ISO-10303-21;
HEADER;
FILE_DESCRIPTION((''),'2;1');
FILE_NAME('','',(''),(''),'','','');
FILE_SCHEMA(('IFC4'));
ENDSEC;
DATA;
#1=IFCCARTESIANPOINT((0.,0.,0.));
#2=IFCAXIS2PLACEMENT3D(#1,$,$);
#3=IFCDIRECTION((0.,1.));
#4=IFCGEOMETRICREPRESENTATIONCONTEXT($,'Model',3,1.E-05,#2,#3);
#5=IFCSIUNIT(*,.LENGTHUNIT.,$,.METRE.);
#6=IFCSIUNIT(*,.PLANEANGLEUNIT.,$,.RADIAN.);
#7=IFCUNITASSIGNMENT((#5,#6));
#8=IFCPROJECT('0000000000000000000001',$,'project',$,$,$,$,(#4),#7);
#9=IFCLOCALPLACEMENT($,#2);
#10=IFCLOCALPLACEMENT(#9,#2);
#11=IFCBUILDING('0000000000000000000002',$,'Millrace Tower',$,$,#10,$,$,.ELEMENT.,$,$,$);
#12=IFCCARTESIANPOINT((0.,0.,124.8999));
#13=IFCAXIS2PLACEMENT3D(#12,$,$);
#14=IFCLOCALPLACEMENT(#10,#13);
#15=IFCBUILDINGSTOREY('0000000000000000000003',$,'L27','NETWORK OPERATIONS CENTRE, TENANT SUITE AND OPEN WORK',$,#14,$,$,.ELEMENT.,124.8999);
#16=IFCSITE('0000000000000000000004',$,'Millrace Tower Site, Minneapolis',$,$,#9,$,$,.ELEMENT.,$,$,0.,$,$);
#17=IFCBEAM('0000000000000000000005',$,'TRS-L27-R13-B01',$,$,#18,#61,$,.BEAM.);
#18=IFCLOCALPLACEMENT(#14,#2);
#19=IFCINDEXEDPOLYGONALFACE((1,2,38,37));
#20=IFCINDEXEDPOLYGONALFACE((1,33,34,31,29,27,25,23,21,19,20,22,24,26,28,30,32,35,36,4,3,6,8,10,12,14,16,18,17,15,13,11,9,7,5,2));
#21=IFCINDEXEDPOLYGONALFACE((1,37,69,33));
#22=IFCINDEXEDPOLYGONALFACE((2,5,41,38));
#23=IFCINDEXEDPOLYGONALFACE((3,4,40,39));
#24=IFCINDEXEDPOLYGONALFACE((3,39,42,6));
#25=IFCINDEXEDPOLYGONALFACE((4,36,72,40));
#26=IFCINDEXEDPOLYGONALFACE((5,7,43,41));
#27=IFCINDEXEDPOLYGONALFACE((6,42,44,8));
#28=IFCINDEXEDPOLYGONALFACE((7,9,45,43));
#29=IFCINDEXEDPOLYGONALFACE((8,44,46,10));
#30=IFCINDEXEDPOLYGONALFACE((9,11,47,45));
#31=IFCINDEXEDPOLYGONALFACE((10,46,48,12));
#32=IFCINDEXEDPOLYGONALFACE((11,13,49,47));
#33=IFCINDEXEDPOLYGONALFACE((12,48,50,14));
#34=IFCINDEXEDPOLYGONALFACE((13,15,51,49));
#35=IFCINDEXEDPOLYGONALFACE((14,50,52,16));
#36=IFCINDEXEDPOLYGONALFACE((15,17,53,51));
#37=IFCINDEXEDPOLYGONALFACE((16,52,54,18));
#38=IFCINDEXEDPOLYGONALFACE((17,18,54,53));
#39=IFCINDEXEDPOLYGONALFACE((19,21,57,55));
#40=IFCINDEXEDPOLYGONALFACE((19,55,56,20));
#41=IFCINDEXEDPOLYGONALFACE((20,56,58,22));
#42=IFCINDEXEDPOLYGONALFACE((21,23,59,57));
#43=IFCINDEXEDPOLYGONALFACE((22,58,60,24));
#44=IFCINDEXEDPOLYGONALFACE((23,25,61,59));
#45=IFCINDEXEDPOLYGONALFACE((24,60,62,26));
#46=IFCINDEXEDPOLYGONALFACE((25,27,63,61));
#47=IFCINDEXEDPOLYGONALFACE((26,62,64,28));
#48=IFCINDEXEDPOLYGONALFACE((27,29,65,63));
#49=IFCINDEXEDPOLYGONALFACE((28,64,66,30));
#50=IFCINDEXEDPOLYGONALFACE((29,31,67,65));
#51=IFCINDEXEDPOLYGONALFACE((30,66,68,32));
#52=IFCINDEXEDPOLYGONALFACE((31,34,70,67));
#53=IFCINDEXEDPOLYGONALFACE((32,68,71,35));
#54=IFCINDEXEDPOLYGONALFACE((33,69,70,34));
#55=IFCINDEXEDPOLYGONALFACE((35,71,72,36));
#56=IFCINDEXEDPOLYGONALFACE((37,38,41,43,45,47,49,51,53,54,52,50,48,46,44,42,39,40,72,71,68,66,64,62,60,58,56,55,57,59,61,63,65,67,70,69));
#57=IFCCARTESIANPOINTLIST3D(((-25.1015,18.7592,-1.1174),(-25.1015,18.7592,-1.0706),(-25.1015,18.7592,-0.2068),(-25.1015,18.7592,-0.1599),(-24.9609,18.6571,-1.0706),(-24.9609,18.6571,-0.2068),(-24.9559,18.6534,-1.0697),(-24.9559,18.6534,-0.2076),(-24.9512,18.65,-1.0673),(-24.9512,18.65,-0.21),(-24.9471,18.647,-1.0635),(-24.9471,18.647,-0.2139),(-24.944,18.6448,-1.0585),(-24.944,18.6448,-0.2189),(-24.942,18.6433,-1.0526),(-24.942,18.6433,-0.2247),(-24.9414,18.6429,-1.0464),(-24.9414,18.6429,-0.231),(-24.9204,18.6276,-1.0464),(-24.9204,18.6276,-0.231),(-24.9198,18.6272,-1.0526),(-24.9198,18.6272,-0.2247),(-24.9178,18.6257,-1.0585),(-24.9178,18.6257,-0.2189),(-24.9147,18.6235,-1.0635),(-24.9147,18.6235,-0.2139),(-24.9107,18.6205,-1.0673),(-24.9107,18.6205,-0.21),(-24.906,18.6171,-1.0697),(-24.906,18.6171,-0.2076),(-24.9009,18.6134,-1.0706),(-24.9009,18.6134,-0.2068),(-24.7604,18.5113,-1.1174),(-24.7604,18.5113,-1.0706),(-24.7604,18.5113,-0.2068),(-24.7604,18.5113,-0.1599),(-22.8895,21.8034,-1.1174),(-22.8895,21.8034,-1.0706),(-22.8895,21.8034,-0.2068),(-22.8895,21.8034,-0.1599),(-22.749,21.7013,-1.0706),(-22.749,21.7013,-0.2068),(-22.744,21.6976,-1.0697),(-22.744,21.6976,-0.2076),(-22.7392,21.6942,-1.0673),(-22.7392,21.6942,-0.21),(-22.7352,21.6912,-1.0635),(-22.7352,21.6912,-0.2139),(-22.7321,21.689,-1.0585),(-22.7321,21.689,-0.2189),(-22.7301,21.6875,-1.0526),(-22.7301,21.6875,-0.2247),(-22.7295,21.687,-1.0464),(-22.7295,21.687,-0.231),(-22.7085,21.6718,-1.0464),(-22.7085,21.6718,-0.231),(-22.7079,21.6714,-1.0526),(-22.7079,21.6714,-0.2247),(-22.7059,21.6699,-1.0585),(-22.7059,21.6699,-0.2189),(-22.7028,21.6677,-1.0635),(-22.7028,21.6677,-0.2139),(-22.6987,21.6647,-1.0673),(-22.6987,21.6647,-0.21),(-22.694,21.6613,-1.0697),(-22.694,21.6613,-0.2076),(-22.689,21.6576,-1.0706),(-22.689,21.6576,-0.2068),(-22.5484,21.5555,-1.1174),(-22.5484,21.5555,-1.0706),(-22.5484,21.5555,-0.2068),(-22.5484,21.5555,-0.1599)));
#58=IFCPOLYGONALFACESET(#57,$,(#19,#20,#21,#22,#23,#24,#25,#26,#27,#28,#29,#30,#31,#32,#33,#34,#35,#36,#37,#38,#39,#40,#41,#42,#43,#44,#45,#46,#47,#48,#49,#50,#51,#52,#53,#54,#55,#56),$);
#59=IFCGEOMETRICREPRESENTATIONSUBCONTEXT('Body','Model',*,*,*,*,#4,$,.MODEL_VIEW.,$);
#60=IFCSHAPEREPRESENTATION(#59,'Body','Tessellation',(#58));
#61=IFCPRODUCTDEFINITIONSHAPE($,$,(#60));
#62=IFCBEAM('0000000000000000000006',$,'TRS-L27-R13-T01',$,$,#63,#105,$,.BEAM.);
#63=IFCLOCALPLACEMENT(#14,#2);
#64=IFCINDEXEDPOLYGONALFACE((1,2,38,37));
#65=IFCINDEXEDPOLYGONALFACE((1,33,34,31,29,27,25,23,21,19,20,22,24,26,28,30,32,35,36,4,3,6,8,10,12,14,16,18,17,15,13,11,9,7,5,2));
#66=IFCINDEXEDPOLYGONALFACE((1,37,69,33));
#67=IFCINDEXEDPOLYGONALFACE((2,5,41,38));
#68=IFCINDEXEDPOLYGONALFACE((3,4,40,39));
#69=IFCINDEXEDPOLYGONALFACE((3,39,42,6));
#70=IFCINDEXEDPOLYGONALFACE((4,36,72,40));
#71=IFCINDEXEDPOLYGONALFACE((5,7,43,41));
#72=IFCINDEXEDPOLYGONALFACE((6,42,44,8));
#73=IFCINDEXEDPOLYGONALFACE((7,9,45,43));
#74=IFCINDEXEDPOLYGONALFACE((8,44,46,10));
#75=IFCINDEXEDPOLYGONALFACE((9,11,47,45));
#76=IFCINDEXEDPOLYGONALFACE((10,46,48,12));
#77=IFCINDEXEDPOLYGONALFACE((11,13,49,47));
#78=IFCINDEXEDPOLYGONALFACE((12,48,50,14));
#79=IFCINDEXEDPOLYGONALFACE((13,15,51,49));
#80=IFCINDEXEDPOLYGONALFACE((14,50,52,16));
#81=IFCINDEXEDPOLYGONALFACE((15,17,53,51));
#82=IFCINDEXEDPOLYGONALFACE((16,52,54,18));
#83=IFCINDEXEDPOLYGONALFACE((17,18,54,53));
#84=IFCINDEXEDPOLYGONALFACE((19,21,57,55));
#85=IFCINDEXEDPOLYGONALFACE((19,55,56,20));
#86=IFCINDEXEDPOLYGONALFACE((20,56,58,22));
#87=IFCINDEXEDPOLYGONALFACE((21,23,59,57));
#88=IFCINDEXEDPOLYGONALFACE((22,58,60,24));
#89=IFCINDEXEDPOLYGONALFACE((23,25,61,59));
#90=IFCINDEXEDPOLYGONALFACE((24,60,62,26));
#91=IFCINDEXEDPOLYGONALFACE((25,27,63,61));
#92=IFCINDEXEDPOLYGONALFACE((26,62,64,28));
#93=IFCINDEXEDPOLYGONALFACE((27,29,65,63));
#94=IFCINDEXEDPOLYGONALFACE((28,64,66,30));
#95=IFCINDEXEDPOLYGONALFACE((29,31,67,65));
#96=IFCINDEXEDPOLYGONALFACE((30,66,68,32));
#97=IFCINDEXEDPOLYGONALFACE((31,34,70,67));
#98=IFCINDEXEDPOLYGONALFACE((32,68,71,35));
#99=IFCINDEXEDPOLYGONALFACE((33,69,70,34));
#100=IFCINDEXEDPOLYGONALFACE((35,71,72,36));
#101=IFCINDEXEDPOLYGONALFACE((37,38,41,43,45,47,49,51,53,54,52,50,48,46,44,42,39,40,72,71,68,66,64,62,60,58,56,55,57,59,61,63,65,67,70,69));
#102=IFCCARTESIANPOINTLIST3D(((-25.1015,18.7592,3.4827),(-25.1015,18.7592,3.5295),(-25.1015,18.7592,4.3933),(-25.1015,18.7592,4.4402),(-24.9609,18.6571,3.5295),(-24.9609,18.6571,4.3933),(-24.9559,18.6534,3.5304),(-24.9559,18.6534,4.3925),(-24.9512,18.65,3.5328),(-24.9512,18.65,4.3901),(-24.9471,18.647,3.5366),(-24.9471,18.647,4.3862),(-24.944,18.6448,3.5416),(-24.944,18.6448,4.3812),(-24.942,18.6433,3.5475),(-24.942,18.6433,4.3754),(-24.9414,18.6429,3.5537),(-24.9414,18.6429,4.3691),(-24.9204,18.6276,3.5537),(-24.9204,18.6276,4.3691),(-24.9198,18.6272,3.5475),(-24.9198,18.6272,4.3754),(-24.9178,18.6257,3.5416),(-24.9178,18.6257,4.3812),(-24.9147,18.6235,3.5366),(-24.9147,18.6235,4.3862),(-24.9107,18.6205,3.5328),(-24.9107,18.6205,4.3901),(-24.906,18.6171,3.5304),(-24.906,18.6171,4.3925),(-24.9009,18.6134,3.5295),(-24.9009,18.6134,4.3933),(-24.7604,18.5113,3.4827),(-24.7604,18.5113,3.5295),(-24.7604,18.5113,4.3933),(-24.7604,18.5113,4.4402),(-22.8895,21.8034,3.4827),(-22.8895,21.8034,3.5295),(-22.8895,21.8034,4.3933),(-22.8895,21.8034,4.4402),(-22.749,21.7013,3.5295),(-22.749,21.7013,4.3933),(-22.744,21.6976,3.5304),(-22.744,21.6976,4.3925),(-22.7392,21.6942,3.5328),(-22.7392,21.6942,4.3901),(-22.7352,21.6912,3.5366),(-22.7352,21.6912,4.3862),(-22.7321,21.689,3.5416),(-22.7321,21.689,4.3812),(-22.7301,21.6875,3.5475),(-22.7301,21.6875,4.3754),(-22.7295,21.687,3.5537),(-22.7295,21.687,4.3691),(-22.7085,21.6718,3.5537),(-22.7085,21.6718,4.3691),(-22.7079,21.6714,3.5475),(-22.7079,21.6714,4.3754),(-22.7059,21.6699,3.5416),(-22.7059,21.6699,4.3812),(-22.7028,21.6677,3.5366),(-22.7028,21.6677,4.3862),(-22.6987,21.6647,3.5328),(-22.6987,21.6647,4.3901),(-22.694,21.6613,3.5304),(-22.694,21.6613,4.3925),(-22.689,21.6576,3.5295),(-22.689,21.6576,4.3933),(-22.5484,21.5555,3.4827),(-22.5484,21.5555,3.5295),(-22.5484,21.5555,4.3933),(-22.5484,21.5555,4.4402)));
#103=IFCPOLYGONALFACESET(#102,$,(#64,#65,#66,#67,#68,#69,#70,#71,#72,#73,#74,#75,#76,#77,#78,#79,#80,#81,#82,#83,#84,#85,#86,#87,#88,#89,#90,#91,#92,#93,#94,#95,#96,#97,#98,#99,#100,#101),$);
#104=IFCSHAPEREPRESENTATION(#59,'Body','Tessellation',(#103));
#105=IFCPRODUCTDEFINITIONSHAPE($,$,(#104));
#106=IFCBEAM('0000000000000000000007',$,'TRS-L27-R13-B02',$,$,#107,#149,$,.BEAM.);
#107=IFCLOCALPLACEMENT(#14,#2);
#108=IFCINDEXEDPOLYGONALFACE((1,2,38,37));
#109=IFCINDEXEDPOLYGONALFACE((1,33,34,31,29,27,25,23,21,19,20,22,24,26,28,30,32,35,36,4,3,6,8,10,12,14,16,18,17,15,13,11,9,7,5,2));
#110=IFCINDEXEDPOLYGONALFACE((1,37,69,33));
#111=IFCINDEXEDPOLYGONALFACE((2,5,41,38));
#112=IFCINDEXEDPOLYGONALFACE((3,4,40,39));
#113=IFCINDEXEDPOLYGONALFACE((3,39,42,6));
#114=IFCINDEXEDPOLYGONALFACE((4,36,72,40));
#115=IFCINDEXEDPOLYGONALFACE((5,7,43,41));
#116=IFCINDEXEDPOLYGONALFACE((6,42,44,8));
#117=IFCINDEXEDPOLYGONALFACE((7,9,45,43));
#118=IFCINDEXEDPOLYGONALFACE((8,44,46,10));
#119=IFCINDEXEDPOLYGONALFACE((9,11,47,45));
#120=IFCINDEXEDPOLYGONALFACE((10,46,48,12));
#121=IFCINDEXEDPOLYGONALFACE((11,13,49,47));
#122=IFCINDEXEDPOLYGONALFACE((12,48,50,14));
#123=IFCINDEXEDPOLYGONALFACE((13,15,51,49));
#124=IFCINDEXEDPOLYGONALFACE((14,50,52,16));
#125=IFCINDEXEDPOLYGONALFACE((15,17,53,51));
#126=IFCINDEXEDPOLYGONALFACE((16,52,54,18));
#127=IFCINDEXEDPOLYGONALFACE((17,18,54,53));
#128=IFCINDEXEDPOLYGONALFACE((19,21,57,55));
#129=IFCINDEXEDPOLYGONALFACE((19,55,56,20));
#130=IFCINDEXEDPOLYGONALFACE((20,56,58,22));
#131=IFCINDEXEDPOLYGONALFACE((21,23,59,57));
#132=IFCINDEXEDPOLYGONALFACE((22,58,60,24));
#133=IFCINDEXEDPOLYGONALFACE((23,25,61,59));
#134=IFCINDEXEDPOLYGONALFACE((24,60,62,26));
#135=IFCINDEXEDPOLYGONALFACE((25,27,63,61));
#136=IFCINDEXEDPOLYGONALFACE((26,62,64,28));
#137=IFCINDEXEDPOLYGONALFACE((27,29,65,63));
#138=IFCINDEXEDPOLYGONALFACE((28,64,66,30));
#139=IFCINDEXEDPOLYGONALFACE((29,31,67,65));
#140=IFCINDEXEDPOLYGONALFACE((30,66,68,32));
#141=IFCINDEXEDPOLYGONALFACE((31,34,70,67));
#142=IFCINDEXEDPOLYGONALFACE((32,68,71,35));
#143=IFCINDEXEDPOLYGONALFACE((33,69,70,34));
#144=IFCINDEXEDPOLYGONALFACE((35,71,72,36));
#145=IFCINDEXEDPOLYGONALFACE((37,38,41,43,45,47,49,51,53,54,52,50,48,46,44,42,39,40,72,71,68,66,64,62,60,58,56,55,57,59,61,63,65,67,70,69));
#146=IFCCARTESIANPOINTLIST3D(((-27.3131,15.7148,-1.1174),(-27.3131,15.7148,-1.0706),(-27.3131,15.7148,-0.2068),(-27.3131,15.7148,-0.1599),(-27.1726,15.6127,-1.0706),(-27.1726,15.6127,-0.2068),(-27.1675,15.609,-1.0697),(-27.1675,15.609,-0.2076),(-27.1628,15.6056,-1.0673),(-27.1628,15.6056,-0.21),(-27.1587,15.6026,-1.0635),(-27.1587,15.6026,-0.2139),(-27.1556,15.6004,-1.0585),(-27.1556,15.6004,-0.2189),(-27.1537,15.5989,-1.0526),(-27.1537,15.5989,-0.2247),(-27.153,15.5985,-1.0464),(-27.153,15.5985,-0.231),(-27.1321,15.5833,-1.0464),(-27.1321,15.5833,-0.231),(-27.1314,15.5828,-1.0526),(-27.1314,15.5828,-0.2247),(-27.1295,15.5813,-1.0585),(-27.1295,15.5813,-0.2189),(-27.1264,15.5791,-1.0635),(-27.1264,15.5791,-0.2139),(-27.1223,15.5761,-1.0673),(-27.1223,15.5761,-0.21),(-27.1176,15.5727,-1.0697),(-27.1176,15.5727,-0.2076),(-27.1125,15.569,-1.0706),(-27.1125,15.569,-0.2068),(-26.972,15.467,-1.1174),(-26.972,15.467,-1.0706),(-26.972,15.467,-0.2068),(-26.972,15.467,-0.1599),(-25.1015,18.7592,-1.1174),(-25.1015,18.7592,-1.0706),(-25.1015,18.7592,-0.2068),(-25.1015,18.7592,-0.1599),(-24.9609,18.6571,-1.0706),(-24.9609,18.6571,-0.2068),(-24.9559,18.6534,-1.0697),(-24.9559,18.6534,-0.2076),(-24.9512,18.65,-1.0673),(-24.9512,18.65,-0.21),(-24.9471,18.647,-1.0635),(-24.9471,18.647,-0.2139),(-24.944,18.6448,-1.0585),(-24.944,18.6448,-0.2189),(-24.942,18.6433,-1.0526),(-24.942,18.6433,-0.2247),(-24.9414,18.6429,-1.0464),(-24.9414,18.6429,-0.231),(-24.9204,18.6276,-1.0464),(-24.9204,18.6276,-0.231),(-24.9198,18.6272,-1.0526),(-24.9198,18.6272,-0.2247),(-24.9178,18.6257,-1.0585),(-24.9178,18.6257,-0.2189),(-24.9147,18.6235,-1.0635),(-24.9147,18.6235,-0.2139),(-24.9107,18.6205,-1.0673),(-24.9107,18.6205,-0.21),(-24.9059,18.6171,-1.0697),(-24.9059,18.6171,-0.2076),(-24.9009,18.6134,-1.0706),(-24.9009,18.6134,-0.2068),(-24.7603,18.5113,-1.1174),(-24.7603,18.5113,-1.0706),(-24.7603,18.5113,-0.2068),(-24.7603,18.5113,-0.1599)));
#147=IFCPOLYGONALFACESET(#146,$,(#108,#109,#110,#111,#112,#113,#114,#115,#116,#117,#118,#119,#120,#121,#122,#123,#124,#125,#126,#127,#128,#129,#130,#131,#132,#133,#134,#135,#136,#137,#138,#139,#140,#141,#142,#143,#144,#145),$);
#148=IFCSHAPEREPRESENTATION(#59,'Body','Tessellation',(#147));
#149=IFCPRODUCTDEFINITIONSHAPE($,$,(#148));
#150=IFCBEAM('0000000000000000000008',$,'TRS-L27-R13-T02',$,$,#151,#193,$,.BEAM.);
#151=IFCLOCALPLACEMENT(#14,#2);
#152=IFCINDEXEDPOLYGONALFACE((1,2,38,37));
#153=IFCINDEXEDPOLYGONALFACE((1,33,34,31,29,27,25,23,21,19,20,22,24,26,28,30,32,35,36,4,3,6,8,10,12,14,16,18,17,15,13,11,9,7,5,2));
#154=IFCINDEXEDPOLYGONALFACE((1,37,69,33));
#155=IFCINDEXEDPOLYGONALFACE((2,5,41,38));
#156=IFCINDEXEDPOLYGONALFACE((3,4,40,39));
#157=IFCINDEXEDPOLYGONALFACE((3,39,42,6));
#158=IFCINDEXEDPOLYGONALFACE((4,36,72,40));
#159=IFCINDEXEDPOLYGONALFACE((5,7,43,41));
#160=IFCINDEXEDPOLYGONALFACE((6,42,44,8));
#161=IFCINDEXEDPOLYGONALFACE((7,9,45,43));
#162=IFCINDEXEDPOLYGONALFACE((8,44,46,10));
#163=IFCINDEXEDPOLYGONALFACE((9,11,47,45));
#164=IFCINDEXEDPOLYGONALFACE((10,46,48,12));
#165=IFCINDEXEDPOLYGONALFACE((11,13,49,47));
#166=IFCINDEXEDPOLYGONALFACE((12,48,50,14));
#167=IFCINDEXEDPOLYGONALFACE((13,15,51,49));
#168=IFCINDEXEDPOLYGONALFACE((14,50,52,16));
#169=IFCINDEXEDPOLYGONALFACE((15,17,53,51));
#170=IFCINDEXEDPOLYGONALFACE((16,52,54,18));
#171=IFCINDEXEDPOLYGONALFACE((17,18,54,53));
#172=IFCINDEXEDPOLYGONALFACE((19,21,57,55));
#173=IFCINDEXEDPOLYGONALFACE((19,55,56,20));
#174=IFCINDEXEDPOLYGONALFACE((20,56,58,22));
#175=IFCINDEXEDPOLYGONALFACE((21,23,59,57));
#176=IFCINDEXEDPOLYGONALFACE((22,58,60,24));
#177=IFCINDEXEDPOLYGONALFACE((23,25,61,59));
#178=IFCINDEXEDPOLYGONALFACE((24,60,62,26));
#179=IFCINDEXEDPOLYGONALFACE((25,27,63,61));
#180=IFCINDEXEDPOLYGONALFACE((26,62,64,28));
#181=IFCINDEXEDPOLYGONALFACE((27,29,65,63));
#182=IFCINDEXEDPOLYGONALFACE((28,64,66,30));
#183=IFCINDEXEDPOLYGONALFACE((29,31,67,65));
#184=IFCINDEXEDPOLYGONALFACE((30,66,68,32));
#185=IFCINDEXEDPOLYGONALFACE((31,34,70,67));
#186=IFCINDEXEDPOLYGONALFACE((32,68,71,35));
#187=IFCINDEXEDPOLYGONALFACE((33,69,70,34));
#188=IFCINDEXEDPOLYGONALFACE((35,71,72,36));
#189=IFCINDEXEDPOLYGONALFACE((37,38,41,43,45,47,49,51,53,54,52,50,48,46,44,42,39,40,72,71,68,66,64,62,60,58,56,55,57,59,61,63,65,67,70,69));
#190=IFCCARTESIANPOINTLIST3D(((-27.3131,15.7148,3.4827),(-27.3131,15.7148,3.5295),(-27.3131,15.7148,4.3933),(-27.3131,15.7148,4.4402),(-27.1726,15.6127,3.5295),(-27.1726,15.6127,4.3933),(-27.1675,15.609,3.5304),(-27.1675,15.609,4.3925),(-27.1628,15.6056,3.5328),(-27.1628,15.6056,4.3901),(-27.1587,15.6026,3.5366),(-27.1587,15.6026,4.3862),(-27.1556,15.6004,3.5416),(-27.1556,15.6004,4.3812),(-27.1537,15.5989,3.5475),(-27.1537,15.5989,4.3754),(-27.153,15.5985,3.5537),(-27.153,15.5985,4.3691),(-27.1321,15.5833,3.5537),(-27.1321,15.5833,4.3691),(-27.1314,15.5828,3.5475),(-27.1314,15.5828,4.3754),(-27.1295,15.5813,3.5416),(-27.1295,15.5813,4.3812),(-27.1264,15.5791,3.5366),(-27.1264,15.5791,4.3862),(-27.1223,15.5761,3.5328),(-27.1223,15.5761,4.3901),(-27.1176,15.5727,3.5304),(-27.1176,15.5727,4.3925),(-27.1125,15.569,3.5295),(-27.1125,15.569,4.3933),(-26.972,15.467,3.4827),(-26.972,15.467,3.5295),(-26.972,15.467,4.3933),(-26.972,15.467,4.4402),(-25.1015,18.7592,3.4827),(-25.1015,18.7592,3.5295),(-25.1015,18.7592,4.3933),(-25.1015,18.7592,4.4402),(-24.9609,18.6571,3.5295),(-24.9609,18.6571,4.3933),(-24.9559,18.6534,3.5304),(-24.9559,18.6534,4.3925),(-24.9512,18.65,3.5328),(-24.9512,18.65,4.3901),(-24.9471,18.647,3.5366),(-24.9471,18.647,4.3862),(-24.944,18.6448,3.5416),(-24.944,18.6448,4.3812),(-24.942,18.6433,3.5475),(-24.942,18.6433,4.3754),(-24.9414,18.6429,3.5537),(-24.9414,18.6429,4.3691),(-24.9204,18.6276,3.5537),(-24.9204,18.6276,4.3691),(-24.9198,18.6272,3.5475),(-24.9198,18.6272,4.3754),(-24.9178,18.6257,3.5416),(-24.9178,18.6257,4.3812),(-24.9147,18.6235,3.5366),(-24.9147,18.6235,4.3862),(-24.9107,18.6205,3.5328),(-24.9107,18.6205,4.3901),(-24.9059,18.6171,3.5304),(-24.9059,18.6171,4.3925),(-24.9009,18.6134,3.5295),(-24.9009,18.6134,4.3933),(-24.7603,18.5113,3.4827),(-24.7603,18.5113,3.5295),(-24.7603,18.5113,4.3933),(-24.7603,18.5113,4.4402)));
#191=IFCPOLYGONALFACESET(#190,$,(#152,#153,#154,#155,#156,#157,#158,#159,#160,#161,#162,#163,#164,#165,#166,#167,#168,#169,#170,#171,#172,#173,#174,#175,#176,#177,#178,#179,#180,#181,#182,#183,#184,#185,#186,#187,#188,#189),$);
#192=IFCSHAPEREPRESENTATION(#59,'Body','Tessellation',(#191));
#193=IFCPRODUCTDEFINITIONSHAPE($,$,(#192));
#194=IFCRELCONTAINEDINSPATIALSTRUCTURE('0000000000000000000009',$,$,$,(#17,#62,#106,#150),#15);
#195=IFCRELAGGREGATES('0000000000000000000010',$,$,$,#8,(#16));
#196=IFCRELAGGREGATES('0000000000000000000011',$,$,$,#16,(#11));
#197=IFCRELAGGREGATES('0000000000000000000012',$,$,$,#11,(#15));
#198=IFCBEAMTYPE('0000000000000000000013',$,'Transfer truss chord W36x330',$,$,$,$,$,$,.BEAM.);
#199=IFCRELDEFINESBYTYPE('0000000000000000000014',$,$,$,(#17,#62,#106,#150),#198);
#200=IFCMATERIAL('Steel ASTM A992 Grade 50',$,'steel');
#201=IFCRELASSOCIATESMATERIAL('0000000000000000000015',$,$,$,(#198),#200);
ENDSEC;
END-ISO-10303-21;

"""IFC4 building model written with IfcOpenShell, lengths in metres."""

from ifc_helpers import new_model, si_unit, direction, frame, origin, origin_2d, place, context, subcontext, project, spatial, i_section, extrude, material, material_profile, profile_set, type_object, element, save


model = new_model("IFC4")

# Units and contexts
model_context = context("Model", 3, precision=1e-05, world=origin(), true_north=direction((0.0, 1.0)))
body_context = subcontext(model_context, "Body", "Model", "MODEL_VIEW")
ifc_project = project(units=[si_unit("LENGTHUNIT", "METRE"), si_unit("PLANEANGLEUNIT", "RADIAN")], contexts=[model_context])

# Site, building, storey
site_placement = place(None, origin())
site = spatial("IfcSite", under=ifc_project, at=site_placement, Name="Millrace Tower Site, Minneapolis", CompositionType="ELEMENT", RefElevation=0.0)
building_placement = place(site_placement, origin())
building = spatial("IfcBuilding", under=site, at=building_placement, Name="Millrace Tower", CompositionType="ELEMENT")
storey_placement = place(building_placement, frame((0.0, 0.0, 124.8999)))
storey = spatial("IfcBuildingStorey", under=building, at=storey_placement, Name="L27", Description="NETWORK OPERATIONS CENTRE, TENANT SUITE AND OPEN WORK", CompositionType="ELEMENT", Elevation=124.8999)

# Beams
ifc_material_1 = material(Name="Steel ASTM A992 Grade 50", Category="steel")
ifc_material_profile_1 = material_profile(ifc_material_1, i_section(OverallWidth=0.4216, OverallDepth=0.9575, WebThickness=0.0259, FlangeThickness=0.0469, FilletRadius=0.0242, at=origin_2d()))
ifc_profile_set_1 = profile_set([ifc_material_profile_1], Name="Steel ASTM A992 Grade 50")
beam_type_1 = type_object("IfcBeamType", Name="Transfer truss chord W36x330", PredefinedType="BEAM", material=ifc_profile_set_1)
for number, where, z_axis, x_axis, name in (
    (1, (-22.719, 21.6794, -0.6387), (-0.587817, -0.808994, 0.0), (0.808994, -0.587817, 0.0), "TRS-L27-R13-B01"),
    (2, (-22.719, 21.6794, 3.9614), (-0.587817, -0.808994, 0.0), (0.808994, -0.587817, 0.0), "TRS-L27-R13-T01"),
    (3, (-24.9309, 18.6353, -0.6387), (-0.587743, -0.809047, 0.0), (0.809047, -0.587743, 0.0), "TRS-L27-R13-B02"),
    (4, (-24.9309, 18.6353, 3.9614), (-0.587743, -0.809047, 0.0), (0.809047, -0.587743, 0.0), "TRS-L27-R13-T02"),
):
    element("IfcBeam", number, at=place(storey_placement, frame(where, z_axis=z_axis, x_axis=x_axis)), inside=storey, type_object=beam_type_1, Name=name, PredefinedType="BEAM", context=body_context, shape_type="SweptSolid", body=[
        extrude(i_section(OverallWidth=0.4216, OverallDepth=0.9575, WebThickness=0.0259, FlangeThickness=0.0469, FilletRadius=0.0242, at=origin_2d()), origin(), (0.0, 0.0, 1.0), 3.7629),
    ])

save(model, "model.ifc")
